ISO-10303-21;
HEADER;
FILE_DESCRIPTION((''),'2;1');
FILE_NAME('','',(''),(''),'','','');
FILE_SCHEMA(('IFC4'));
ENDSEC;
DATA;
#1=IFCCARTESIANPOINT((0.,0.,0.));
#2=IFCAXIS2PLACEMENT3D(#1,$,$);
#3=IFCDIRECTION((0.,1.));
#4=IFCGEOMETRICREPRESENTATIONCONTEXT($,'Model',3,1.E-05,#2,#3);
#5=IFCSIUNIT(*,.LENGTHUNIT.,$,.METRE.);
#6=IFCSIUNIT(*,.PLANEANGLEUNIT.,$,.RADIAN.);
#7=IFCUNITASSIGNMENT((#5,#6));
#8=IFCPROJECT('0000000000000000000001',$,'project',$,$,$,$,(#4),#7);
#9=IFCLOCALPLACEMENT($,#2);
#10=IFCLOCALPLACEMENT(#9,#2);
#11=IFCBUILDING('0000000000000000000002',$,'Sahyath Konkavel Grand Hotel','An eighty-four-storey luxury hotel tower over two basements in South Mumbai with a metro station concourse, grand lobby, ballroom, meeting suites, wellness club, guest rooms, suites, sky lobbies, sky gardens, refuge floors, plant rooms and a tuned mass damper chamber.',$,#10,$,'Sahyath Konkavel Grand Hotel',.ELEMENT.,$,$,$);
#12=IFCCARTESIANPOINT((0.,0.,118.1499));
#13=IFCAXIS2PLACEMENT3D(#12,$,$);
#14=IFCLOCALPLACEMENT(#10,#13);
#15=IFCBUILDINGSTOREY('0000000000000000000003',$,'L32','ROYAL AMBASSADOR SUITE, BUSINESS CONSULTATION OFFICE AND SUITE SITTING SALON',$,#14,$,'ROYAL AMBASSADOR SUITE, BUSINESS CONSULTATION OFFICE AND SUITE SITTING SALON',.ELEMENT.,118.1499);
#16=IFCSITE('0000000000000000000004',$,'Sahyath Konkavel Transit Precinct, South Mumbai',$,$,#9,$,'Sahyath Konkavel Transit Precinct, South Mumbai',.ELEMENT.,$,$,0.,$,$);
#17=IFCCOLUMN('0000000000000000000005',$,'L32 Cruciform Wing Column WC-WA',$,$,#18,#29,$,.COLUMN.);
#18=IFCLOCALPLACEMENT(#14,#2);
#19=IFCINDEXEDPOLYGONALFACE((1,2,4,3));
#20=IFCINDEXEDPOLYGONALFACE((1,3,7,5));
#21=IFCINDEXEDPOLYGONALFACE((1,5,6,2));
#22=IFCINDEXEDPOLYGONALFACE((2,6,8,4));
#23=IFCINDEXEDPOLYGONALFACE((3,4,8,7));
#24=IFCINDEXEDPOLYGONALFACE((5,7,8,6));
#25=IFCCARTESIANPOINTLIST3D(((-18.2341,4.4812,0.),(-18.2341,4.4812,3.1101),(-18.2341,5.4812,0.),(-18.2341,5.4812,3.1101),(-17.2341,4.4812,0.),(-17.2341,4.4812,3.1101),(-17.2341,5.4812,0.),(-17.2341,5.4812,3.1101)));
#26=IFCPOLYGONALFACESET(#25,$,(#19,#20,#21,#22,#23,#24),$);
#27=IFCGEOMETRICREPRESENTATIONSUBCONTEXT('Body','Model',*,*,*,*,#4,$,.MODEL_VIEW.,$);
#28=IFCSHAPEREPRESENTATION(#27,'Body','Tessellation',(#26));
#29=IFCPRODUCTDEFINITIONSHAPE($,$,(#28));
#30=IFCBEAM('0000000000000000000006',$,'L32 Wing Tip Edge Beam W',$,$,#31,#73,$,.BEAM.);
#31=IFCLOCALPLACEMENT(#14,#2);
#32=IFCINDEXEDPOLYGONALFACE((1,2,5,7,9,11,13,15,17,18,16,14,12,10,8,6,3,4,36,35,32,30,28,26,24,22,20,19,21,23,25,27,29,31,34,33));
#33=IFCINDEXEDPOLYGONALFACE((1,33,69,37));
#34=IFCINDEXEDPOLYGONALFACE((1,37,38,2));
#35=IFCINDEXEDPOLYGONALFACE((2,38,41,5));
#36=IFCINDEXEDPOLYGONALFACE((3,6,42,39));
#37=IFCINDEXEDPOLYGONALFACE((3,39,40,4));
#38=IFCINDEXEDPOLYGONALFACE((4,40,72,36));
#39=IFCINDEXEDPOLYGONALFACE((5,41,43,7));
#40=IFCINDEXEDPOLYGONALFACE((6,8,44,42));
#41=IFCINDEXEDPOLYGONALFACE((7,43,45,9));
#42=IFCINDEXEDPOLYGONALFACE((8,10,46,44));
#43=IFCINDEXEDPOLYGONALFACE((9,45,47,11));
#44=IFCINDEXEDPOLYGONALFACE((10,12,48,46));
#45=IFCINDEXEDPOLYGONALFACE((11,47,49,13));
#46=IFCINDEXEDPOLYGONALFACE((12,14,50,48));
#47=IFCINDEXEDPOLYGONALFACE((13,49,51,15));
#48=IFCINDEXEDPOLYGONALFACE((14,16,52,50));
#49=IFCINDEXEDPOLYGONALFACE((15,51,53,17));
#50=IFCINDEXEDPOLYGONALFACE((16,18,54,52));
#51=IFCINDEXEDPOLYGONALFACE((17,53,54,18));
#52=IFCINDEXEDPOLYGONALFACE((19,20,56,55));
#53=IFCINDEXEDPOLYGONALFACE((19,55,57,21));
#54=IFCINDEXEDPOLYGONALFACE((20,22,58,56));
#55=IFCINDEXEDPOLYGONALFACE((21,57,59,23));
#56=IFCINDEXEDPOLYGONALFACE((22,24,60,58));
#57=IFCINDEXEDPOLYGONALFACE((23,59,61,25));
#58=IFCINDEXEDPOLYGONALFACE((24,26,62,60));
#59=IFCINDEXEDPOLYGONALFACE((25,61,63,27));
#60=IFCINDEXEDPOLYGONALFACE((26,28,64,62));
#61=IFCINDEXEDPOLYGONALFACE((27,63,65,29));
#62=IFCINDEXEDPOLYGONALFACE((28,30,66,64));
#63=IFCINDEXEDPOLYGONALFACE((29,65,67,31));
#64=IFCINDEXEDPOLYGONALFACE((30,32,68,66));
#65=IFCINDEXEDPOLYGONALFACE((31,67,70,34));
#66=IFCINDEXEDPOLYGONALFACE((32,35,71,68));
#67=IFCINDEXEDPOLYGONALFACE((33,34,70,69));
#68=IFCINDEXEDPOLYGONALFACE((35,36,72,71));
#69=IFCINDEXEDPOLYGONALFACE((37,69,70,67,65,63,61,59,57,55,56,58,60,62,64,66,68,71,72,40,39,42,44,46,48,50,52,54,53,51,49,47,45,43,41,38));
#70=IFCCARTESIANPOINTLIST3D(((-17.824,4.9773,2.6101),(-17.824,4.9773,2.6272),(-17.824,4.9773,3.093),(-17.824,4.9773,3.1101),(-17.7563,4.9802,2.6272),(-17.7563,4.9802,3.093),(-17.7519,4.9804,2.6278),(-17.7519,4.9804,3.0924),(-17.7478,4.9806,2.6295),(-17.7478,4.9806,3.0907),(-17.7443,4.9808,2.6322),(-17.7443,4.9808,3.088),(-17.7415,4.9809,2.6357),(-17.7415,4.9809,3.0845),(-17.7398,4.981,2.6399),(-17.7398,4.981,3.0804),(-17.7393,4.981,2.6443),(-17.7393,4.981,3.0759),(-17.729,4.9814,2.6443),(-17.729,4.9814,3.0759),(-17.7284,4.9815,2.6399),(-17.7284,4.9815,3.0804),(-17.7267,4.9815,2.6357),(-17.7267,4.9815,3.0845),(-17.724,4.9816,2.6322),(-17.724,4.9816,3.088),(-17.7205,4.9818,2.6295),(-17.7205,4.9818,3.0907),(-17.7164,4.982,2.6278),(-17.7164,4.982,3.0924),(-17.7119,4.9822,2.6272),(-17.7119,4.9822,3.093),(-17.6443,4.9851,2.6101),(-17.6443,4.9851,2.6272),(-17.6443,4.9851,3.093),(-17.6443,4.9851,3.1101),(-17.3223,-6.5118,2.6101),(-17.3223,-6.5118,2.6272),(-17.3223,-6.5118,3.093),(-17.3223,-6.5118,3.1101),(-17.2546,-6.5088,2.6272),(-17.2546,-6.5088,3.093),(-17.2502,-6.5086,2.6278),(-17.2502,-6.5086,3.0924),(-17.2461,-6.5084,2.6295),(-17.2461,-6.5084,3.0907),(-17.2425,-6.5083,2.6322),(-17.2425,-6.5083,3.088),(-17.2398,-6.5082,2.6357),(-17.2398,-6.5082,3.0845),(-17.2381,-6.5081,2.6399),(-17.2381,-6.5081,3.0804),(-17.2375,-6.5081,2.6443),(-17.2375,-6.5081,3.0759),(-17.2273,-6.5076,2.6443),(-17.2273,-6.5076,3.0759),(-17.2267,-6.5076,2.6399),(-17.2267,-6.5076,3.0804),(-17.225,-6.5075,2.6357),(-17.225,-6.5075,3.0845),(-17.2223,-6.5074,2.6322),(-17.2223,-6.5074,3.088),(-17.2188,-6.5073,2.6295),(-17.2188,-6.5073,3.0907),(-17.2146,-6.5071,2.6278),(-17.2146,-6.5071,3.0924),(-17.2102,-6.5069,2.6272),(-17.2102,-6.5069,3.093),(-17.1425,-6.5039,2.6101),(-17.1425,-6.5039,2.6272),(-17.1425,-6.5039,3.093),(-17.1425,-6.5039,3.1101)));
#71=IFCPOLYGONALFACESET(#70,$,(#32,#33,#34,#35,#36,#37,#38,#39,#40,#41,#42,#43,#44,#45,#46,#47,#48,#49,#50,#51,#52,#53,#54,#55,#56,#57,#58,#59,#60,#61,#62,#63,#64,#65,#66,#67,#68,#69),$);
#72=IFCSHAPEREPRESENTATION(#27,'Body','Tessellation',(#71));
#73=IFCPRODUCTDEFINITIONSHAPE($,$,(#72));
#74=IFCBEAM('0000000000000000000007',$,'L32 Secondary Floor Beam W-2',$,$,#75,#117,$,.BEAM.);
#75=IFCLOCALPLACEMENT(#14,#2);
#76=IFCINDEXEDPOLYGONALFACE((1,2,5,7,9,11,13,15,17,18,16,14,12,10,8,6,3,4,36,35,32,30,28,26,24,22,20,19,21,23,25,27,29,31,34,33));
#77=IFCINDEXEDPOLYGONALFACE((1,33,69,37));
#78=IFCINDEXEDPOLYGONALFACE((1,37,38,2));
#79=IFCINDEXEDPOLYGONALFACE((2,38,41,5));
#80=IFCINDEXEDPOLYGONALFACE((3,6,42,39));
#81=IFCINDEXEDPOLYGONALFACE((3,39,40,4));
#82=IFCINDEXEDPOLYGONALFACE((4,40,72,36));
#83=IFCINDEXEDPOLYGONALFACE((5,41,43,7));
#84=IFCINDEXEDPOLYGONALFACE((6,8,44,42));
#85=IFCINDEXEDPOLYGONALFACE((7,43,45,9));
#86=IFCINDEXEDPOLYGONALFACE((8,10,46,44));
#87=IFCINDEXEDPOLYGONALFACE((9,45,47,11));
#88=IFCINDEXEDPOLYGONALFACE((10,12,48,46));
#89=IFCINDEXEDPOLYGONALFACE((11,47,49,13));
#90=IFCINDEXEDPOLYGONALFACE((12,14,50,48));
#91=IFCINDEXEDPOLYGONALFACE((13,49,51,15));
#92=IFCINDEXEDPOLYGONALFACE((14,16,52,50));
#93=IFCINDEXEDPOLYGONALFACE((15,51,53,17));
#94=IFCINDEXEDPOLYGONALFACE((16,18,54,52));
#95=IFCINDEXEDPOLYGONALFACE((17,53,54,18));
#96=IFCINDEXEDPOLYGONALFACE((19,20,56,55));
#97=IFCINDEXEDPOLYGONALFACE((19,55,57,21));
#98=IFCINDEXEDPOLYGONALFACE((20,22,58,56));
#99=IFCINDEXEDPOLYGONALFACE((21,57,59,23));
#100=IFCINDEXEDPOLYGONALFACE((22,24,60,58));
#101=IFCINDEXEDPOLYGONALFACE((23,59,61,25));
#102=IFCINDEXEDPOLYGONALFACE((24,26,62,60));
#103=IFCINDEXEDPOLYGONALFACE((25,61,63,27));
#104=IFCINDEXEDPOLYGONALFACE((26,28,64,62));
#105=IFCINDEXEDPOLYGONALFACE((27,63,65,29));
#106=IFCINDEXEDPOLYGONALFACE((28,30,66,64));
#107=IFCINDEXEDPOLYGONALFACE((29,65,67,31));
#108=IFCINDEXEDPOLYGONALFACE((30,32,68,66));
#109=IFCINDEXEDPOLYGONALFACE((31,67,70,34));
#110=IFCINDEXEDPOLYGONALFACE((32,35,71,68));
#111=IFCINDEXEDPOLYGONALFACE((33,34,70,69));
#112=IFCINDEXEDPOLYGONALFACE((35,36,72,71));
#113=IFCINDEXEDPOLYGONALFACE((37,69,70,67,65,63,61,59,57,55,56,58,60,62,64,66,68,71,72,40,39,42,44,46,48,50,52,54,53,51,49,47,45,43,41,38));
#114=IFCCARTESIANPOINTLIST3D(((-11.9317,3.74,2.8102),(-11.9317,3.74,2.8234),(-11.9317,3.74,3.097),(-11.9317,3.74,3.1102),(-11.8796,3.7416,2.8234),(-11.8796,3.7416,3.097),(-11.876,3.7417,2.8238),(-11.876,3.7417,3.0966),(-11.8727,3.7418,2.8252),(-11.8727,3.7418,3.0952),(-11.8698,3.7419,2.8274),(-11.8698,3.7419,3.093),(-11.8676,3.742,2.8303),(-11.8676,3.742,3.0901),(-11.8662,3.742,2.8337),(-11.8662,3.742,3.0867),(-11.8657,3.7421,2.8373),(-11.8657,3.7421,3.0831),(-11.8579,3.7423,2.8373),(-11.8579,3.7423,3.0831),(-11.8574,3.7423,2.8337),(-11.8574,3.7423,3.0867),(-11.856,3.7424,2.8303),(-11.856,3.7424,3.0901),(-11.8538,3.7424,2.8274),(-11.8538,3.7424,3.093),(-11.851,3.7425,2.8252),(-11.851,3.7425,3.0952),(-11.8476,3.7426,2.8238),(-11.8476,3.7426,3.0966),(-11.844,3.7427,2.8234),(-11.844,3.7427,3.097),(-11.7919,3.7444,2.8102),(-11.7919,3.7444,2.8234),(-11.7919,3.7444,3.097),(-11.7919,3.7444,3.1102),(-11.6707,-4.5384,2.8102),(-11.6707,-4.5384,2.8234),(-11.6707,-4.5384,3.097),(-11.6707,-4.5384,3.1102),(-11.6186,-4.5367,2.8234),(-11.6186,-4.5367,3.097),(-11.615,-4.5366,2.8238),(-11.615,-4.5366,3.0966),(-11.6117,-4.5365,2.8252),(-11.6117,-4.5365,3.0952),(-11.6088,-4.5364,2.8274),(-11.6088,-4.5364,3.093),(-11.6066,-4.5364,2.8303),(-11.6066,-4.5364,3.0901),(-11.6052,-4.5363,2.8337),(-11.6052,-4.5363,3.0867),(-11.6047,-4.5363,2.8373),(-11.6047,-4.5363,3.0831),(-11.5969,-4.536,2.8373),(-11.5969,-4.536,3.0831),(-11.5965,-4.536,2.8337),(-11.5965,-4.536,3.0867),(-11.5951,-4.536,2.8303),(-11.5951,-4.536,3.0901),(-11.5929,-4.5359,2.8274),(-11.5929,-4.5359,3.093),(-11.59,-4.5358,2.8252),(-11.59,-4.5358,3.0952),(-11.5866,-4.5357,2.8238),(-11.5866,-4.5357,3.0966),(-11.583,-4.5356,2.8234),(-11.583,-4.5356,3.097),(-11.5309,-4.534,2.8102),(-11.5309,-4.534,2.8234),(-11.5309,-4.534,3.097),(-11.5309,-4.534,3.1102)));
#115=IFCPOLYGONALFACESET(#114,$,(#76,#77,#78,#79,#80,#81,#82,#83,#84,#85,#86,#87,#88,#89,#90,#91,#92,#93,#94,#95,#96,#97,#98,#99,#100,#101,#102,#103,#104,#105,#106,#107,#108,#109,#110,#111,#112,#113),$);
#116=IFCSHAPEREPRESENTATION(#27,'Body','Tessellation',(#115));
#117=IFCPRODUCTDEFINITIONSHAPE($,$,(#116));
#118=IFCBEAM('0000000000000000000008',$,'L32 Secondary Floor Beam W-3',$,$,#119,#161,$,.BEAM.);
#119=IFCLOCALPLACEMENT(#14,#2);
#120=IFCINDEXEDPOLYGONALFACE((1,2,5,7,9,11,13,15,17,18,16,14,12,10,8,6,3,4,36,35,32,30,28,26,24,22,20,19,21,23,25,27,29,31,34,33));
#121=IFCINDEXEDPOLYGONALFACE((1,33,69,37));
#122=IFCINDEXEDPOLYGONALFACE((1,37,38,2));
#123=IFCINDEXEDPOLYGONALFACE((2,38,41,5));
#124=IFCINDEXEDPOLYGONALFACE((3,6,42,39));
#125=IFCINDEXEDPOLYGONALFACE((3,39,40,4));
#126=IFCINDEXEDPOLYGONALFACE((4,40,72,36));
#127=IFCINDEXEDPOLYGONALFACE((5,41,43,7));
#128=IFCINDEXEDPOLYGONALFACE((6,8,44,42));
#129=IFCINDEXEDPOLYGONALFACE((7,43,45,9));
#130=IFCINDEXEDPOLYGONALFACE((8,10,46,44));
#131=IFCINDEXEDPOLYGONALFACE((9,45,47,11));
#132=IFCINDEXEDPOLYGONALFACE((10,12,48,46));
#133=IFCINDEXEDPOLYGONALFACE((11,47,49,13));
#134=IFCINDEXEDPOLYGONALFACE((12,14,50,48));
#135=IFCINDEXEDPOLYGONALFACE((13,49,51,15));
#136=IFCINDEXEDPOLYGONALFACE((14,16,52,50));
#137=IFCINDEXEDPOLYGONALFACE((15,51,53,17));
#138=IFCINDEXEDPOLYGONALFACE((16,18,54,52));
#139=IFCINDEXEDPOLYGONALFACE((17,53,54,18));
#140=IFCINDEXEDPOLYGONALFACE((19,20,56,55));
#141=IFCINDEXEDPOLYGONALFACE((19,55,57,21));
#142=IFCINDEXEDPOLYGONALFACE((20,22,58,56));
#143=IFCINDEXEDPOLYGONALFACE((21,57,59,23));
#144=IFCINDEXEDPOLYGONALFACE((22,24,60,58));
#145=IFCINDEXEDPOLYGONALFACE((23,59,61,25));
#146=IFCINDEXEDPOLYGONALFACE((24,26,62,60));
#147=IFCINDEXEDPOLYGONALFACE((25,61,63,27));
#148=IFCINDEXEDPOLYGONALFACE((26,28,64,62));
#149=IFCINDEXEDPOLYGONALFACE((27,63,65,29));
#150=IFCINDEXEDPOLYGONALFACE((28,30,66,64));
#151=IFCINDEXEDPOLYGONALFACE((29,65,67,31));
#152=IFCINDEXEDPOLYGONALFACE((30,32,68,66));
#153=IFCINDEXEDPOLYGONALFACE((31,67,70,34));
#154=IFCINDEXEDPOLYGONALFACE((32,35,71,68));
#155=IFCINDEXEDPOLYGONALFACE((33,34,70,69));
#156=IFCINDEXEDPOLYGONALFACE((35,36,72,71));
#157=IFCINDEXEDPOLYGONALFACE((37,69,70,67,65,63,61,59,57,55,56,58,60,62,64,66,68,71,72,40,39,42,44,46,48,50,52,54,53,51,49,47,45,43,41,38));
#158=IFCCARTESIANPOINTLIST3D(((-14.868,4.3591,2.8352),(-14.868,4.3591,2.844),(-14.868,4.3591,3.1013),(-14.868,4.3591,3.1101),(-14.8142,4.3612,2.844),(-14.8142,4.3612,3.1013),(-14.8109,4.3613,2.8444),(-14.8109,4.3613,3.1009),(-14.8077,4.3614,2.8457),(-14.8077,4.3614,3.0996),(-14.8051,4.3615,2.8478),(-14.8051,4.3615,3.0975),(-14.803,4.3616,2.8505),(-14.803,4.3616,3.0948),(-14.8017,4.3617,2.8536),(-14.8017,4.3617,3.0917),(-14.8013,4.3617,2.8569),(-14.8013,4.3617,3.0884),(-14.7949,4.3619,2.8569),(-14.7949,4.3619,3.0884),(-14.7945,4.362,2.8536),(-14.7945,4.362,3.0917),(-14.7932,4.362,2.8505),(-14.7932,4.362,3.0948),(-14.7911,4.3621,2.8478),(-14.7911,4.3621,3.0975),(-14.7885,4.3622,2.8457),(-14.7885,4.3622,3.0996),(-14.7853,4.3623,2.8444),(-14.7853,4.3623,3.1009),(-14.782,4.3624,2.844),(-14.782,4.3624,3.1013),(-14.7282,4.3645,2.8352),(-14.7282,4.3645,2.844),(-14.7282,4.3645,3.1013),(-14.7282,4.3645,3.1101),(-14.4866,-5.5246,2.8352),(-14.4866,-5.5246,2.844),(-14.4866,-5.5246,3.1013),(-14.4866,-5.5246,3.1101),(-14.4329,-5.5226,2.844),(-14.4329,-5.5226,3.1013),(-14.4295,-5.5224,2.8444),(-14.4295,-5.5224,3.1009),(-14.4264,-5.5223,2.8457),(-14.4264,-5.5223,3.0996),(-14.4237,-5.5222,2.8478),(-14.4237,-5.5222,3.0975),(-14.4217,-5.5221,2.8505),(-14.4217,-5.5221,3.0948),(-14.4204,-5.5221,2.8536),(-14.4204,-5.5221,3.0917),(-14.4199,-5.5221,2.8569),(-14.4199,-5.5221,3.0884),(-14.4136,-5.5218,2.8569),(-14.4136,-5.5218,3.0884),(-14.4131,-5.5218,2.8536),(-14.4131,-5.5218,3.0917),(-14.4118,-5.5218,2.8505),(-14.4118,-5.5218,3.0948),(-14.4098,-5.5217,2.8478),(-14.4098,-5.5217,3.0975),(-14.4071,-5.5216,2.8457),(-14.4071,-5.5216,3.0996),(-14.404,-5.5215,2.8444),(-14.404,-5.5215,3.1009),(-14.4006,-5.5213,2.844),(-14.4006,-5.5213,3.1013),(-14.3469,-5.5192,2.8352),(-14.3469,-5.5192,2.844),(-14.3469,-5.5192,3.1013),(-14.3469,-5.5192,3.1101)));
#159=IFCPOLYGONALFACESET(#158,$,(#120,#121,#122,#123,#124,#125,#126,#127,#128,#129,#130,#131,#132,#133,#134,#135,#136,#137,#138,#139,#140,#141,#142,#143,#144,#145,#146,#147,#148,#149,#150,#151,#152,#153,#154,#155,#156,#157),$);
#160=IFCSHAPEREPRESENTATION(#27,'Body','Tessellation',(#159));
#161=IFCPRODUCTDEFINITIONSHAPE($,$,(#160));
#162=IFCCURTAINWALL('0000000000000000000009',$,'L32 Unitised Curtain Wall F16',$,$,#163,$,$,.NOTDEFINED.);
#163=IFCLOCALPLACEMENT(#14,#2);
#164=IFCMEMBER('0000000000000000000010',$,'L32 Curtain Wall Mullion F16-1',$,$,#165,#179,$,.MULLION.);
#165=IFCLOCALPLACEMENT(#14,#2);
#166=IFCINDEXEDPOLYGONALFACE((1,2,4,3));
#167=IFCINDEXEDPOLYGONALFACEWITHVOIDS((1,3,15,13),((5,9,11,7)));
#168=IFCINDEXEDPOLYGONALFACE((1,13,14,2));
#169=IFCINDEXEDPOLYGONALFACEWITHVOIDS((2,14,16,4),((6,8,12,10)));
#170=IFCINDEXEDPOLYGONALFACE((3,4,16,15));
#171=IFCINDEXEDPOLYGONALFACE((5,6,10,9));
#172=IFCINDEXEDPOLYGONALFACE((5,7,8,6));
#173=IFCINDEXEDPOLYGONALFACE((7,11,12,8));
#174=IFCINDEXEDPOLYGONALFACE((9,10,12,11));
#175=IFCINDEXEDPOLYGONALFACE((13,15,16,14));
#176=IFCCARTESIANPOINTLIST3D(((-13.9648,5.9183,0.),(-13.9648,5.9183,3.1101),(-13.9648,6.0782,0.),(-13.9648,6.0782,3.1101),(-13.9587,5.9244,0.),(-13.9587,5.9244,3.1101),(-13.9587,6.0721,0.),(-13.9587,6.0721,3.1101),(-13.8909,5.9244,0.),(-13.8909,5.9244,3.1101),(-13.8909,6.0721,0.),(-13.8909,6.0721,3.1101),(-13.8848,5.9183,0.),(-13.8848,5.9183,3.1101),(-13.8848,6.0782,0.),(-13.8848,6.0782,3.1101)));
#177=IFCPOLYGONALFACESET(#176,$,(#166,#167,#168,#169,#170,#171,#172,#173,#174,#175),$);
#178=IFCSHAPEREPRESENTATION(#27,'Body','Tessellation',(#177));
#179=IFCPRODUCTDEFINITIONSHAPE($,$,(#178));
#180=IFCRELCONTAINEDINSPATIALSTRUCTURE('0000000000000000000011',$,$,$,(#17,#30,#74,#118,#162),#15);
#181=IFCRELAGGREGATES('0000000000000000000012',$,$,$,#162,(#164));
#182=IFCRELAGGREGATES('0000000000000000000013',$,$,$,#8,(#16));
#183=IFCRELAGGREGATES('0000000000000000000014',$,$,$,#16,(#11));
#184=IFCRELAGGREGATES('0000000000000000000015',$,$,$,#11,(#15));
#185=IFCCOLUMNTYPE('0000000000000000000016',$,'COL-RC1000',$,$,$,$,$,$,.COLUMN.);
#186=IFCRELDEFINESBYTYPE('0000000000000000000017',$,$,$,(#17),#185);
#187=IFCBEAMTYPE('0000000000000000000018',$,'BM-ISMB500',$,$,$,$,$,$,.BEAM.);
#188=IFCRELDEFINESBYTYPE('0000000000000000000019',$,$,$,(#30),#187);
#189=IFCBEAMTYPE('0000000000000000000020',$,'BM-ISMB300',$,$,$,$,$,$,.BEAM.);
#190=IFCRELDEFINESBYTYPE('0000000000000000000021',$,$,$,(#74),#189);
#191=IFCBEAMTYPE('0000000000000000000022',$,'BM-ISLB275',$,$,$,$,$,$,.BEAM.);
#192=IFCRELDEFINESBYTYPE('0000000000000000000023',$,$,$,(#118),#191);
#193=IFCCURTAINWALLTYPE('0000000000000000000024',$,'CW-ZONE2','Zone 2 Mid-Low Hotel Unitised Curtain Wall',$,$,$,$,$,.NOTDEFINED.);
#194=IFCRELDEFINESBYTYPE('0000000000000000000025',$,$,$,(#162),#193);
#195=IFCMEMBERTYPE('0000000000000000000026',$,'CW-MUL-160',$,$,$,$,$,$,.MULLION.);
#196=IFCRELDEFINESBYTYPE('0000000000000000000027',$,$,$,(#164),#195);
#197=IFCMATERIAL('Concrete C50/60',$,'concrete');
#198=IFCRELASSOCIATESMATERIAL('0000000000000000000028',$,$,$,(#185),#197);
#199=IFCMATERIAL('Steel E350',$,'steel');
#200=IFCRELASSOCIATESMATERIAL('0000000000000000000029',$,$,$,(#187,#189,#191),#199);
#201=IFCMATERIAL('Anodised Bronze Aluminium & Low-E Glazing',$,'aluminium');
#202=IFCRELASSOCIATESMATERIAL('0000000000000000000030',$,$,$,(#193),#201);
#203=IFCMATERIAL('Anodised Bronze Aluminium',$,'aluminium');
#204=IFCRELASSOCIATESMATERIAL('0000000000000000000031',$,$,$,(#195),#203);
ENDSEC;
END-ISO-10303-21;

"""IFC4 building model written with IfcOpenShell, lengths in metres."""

from ifc_helpers import new_model, si_unit, direction, frame, origin, origin_2d, place, context, subcontext, project, spatial, rectangle, hollow_rectangle, i_section, extrude, source, transform, mapped, material, material_profile, profile_set, type_object, element, aggregate, save


model = new_model("IFC4")

# Units and contexts
model_context = context("Model", 3, precision=1e-05, world=origin(), true_north=direction((0.0, 1.0)))
body_context = subcontext(model_context, "Body", "Model", "MODEL_VIEW")
ifc_project = project(units=[si_unit("LENGTHUNIT", "METRE"), si_unit("PLANEANGLEUNIT", "RADIAN")], contexts=[model_context])

# Site, building, storey
site_placement = place(None, origin())
site = spatial("IfcSite", under=ifc_project, at=site_placement, Name="Sahyath Konkavel Transit Precinct, South Mumbai", LongName="Sahyath Konkavel Transit Precinct, South Mumbai", CompositionType="ELEMENT", RefElevation=0.0)
building_placement = place(site_placement, origin())
building = spatial("IfcBuilding", under=site, at=building_placement, Name="Sahyath Konkavel Grand Hotel", Description="An eighty-four-storey luxury hotel tower over two basements in South Mumbai with a metro station concourse, grand lobby, ballroom, meeting suites, wellness club, guest rooms, suites, sky lobbies, sky gardens, refuge floors, plant rooms and a tuned mass damper chamber.", LongName="Sahyath Konkavel Grand Hotel", CompositionType="ELEMENT")
storey_placement = place(building_placement, frame((0.0, 0.0, 118.1499)))
storey = spatial("IfcBuildingStorey", under=building, at=storey_placement, Name="L32", Description="ROYAL AMBASSADOR SUITE, BUSINESS CONSULTATION OFFICE AND SUITE SITTING SALON", LongName="ROYAL AMBASSADOR SUITE, BUSINESS CONSULTATION OFFICE AND SUITE SITTING SALON", CompositionType="ELEMENT", Elevation=118.1499)

# Column
ifc_material_1 = material(Name="Concrete C50/60", Category="concrete")
ifc_material_profile_1 = material_profile(ifc_material_1, rectangle(XDim=1.0, YDim=1.0, at=origin_2d()), Name="RC 1000x1000")
ifc_profile_set_1 = profile_set([ifc_material_profile_1], Name="Concrete C50/60")
column_type = type_object("IfcColumnType", Name="COL-RC1000", PredefinedType="COLUMN", material=ifc_profile_set_1)
shared_shape_1 = source(origin(), body_context, "Body", "SweptSolid", [
    extrude(rectangle(XDim=1.0, YDim=1.0, at=origin_2d()), origin(), (0.0, 0.0, 1.0), 3.1101),
])
column_placement = place(storey_placement, frame((-17.7341, 4.9812, 0.0), z_axis=(0.0, 0.0, 1.0), x_axis=(1.0, 0.0, 0.0)))
element("IfcColumn", 1, at=column_placement, inside=storey, type_object=column_type, Name="L32 Cruciform Wing Column WC-WA", PredefinedType="COLUMN", context=body_context, shape_type="MappedRepresentation", body=[
    mapped(shared_shape_1, transform((0.0, 0.0, 0.0), scale=1.0)),
])

# Beams
ifc_material_2 = material(Name="Steel E350", Category="steel")
ifc_material_profile_2 = material_profile(ifc_material_2, i_section(OverallWidth=0.1799, OverallDepth=0.5, WebThickness=0.0103, FlangeThickness=0.0171, FilletRadius=0.0171, at=origin_2d()), Name="ISMB 500")
ifc_profile_set_2 = profile_set([ifc_material_profile_2], Name="Steel E350")
beam_type_1 = type_object("IfcBeamType", Name="BM-ISMB500", PredefinedType="BEAM", material=ifc_profile_set_2)
shared_shape_2 = source(origin(), body_context, "Body", "SweptSolid", [
    extrude(i_section(OverallWidth=0.1799, OverallDepth=0.5, WebThickness=0.0103, FlangeThickness=0.0171, FilletRadius=0.0171, at=origin_2d()), origin(), (0.0, 0.0, 1.0), 11.5),
])
beam_1_placement = place(storey_placement, frame((-17.7341, 4.9812, 2.8601), z_axis=(0.043627, -0.999048, 0.0), x_axis=(0.999048, 0.043627, 0.0)))
element("IfcBeam", 2, at=beam_1_placement, inside=storey, type_object=beam_type_1, Name="L32 Wing Tip Edge Beam W", PredefinedType="BEAM", context=body_context, shape_type="MappedRepresentation", body=[
    mapped(shared_shape_2, transform((0.0, 0.0, 0.0), scale=1.0)),
])
ifc_material_profile_3 = material_profile(ifc_material_2, i_section(OverallWidth=0.1399, OverallDepth=0.3, WebThickness=0.0078, FlangeThickness=0.0132, FilletRadius=0.0139, at=origin_2d()), Name="ISMB 300")
ifc_profile_set_3 = profile_set([ifc_material_profile_3], Name="Steel E350")
beam_type_2 = type_object("IfcBeamType", Name="BM-ISMB300", PredefinedType="BEAM", material=ifc_profile_set_3)
shared_shape_3 = source(origin(), body_context, "Body", "SweptSolid", [
    extrude(i_section(OverallWidth=0.1399, OverallDepth=0.3, WebThickness=0.0078, FlangeThickness=0.0132, FilletRadius=0.0139, at=origin_2d()), origin(), (0.0, 0.0, 1.0), 8.2825),
])
beam_2_placement = place(storey_placement, frame((-11.8618, 3.7422, 2.9602), z_axis=(0.031511, -0.999503, 0.0), x_axis=(0.999503, 0.031511, 0.0)))
element("IfcBeam", 3, at=beam_2_placement, inside=storey, type_object=beam_type_2, Name="L32 Secondary Floor Beam W-2", PredefinedType="BEAM", context=body_context, shape_type="MappedRepresentation", body=[
    mapped(shared_shape_3, transform((0.0, 0.0, 0.0), scale=1.0)),
])
ifc_material_profile_4 = material_profile(ifc_material_2, i_section(OverallWidth=0.1399, OverallDepth=0.2749, WebThickness=0.0063, FlangeThickness=0.0088, FilletRadius=0.0129, at=origin_2d()), Name="ISLB 275")
ifc_profile_set_4 = profile_set([ifc_material_profile_4], Name="Steel E350")
beam_type_3 = type_object("IfcBeamType", Name="BM-ISLB275", PredefinedType="BEAM", material=ifc_profile_set_4)
shared_shape_4 = source(origin(), body_context, "Body", "SweptSolid", [
    extrude(i_section(OverallWidth=0.1399, OverallDepth=0.2749, WebThickness=0.0063, FlangeThickness=0.0088, FilletRadius=0.0129, at=origin_2d()), origin(), (0.0, 0.0, 1.0), 9.8911),
])
beam_3_placement = place(storey_placement, frame((-14.7981, 4.3618, 2.9727), z_axis=(0.038554, -0.999257, 0.0), x_axis=(0.999257, 0.038554, 0.0)))
element("IfcBeam", 4, at=beam_3_placement, inside=storey, type_object=beam_type_3, Name="L32 Secondary Floor Beam W-3", PredefinedType="BEAM", context=body_context, shape_type="MappedRepresentation", body=[
    mapped(shared_shape_4, transform((0.0, 0.0, 0.0), scale=1.0)),
])

# Curtain wall, member
ifc_material_3 = material(Name="Anodised Bronze Aluminium & Low-E Glazing", Category="aluminium")
curtain_wall_type = type_object("IfcCurtainWallType", Name="CW-ZONE2", Description="Zone 2 Mid-Low Hotel Unitised Curtain Wall", PredefinedType="NOTDEFINED", material=ifc_material_3)
curtain_wall_1_placement = place(storey_placement, origin())
curtain_wall_1 = element("IfcCurtainWall", 5, at=curtain_wall_1_placement, inside=storey, type_object=curtain_wall_type, Name="L32 Unitised Curtain Wall F16", PredefinedType="NOTDEFINED")
ifc_material_4 = material(Name="Anodised Bronze Aluminium", Category="aluminium")
ifc_material_profile_5 = material_profile(ifc_material_4, hollow_rectangle(XDim=0.0801, YDim=0.1599, WallThickness=0.0061, at=origin_2d()), Name="RHS 160x80x6")
ifc_profile_set_5 = profile_set([ifc_material_profile_5], Name="Anodised Bronze Aluminium")
member_type_1 = type_object("IfcMemberType", Name="CW-MUL-160", PredefinedType="MULLION", material=ifc_profile_set_5)
shared_shape_5 = source(origin(), body_context, "Body", "SweptSolid", [
    extrude(hollow_rectangle(XDim=0.0801, YDim=0.1599, WallThickness=0.0061, at=origin_2d()), origin(), (0.0, 0.0, 1.0), 3.1101),
])
member_1_placement = place(storey_placement, frame((-13.9248, 5.9983, 0.0), z_axis=(0.0, 0.0, 1.0), x_axis=(1.0, 0.0, 0.0)))
member_1 = element("IfcMember", 6, at=member_1_placement, type_object=member_type_1, Name="L32 Curtain Wall Mullion F16-1", PredefinedType="MULLION", context=body_context, shape_type="MappedRepresentation", body=[
    mapped(shared_shape_5, transform((0.0, 0.0, 0.0), scale=1.0)),
])

aggregate(curtain_wall_1, [member_1])

save(model, "model.ifc")
